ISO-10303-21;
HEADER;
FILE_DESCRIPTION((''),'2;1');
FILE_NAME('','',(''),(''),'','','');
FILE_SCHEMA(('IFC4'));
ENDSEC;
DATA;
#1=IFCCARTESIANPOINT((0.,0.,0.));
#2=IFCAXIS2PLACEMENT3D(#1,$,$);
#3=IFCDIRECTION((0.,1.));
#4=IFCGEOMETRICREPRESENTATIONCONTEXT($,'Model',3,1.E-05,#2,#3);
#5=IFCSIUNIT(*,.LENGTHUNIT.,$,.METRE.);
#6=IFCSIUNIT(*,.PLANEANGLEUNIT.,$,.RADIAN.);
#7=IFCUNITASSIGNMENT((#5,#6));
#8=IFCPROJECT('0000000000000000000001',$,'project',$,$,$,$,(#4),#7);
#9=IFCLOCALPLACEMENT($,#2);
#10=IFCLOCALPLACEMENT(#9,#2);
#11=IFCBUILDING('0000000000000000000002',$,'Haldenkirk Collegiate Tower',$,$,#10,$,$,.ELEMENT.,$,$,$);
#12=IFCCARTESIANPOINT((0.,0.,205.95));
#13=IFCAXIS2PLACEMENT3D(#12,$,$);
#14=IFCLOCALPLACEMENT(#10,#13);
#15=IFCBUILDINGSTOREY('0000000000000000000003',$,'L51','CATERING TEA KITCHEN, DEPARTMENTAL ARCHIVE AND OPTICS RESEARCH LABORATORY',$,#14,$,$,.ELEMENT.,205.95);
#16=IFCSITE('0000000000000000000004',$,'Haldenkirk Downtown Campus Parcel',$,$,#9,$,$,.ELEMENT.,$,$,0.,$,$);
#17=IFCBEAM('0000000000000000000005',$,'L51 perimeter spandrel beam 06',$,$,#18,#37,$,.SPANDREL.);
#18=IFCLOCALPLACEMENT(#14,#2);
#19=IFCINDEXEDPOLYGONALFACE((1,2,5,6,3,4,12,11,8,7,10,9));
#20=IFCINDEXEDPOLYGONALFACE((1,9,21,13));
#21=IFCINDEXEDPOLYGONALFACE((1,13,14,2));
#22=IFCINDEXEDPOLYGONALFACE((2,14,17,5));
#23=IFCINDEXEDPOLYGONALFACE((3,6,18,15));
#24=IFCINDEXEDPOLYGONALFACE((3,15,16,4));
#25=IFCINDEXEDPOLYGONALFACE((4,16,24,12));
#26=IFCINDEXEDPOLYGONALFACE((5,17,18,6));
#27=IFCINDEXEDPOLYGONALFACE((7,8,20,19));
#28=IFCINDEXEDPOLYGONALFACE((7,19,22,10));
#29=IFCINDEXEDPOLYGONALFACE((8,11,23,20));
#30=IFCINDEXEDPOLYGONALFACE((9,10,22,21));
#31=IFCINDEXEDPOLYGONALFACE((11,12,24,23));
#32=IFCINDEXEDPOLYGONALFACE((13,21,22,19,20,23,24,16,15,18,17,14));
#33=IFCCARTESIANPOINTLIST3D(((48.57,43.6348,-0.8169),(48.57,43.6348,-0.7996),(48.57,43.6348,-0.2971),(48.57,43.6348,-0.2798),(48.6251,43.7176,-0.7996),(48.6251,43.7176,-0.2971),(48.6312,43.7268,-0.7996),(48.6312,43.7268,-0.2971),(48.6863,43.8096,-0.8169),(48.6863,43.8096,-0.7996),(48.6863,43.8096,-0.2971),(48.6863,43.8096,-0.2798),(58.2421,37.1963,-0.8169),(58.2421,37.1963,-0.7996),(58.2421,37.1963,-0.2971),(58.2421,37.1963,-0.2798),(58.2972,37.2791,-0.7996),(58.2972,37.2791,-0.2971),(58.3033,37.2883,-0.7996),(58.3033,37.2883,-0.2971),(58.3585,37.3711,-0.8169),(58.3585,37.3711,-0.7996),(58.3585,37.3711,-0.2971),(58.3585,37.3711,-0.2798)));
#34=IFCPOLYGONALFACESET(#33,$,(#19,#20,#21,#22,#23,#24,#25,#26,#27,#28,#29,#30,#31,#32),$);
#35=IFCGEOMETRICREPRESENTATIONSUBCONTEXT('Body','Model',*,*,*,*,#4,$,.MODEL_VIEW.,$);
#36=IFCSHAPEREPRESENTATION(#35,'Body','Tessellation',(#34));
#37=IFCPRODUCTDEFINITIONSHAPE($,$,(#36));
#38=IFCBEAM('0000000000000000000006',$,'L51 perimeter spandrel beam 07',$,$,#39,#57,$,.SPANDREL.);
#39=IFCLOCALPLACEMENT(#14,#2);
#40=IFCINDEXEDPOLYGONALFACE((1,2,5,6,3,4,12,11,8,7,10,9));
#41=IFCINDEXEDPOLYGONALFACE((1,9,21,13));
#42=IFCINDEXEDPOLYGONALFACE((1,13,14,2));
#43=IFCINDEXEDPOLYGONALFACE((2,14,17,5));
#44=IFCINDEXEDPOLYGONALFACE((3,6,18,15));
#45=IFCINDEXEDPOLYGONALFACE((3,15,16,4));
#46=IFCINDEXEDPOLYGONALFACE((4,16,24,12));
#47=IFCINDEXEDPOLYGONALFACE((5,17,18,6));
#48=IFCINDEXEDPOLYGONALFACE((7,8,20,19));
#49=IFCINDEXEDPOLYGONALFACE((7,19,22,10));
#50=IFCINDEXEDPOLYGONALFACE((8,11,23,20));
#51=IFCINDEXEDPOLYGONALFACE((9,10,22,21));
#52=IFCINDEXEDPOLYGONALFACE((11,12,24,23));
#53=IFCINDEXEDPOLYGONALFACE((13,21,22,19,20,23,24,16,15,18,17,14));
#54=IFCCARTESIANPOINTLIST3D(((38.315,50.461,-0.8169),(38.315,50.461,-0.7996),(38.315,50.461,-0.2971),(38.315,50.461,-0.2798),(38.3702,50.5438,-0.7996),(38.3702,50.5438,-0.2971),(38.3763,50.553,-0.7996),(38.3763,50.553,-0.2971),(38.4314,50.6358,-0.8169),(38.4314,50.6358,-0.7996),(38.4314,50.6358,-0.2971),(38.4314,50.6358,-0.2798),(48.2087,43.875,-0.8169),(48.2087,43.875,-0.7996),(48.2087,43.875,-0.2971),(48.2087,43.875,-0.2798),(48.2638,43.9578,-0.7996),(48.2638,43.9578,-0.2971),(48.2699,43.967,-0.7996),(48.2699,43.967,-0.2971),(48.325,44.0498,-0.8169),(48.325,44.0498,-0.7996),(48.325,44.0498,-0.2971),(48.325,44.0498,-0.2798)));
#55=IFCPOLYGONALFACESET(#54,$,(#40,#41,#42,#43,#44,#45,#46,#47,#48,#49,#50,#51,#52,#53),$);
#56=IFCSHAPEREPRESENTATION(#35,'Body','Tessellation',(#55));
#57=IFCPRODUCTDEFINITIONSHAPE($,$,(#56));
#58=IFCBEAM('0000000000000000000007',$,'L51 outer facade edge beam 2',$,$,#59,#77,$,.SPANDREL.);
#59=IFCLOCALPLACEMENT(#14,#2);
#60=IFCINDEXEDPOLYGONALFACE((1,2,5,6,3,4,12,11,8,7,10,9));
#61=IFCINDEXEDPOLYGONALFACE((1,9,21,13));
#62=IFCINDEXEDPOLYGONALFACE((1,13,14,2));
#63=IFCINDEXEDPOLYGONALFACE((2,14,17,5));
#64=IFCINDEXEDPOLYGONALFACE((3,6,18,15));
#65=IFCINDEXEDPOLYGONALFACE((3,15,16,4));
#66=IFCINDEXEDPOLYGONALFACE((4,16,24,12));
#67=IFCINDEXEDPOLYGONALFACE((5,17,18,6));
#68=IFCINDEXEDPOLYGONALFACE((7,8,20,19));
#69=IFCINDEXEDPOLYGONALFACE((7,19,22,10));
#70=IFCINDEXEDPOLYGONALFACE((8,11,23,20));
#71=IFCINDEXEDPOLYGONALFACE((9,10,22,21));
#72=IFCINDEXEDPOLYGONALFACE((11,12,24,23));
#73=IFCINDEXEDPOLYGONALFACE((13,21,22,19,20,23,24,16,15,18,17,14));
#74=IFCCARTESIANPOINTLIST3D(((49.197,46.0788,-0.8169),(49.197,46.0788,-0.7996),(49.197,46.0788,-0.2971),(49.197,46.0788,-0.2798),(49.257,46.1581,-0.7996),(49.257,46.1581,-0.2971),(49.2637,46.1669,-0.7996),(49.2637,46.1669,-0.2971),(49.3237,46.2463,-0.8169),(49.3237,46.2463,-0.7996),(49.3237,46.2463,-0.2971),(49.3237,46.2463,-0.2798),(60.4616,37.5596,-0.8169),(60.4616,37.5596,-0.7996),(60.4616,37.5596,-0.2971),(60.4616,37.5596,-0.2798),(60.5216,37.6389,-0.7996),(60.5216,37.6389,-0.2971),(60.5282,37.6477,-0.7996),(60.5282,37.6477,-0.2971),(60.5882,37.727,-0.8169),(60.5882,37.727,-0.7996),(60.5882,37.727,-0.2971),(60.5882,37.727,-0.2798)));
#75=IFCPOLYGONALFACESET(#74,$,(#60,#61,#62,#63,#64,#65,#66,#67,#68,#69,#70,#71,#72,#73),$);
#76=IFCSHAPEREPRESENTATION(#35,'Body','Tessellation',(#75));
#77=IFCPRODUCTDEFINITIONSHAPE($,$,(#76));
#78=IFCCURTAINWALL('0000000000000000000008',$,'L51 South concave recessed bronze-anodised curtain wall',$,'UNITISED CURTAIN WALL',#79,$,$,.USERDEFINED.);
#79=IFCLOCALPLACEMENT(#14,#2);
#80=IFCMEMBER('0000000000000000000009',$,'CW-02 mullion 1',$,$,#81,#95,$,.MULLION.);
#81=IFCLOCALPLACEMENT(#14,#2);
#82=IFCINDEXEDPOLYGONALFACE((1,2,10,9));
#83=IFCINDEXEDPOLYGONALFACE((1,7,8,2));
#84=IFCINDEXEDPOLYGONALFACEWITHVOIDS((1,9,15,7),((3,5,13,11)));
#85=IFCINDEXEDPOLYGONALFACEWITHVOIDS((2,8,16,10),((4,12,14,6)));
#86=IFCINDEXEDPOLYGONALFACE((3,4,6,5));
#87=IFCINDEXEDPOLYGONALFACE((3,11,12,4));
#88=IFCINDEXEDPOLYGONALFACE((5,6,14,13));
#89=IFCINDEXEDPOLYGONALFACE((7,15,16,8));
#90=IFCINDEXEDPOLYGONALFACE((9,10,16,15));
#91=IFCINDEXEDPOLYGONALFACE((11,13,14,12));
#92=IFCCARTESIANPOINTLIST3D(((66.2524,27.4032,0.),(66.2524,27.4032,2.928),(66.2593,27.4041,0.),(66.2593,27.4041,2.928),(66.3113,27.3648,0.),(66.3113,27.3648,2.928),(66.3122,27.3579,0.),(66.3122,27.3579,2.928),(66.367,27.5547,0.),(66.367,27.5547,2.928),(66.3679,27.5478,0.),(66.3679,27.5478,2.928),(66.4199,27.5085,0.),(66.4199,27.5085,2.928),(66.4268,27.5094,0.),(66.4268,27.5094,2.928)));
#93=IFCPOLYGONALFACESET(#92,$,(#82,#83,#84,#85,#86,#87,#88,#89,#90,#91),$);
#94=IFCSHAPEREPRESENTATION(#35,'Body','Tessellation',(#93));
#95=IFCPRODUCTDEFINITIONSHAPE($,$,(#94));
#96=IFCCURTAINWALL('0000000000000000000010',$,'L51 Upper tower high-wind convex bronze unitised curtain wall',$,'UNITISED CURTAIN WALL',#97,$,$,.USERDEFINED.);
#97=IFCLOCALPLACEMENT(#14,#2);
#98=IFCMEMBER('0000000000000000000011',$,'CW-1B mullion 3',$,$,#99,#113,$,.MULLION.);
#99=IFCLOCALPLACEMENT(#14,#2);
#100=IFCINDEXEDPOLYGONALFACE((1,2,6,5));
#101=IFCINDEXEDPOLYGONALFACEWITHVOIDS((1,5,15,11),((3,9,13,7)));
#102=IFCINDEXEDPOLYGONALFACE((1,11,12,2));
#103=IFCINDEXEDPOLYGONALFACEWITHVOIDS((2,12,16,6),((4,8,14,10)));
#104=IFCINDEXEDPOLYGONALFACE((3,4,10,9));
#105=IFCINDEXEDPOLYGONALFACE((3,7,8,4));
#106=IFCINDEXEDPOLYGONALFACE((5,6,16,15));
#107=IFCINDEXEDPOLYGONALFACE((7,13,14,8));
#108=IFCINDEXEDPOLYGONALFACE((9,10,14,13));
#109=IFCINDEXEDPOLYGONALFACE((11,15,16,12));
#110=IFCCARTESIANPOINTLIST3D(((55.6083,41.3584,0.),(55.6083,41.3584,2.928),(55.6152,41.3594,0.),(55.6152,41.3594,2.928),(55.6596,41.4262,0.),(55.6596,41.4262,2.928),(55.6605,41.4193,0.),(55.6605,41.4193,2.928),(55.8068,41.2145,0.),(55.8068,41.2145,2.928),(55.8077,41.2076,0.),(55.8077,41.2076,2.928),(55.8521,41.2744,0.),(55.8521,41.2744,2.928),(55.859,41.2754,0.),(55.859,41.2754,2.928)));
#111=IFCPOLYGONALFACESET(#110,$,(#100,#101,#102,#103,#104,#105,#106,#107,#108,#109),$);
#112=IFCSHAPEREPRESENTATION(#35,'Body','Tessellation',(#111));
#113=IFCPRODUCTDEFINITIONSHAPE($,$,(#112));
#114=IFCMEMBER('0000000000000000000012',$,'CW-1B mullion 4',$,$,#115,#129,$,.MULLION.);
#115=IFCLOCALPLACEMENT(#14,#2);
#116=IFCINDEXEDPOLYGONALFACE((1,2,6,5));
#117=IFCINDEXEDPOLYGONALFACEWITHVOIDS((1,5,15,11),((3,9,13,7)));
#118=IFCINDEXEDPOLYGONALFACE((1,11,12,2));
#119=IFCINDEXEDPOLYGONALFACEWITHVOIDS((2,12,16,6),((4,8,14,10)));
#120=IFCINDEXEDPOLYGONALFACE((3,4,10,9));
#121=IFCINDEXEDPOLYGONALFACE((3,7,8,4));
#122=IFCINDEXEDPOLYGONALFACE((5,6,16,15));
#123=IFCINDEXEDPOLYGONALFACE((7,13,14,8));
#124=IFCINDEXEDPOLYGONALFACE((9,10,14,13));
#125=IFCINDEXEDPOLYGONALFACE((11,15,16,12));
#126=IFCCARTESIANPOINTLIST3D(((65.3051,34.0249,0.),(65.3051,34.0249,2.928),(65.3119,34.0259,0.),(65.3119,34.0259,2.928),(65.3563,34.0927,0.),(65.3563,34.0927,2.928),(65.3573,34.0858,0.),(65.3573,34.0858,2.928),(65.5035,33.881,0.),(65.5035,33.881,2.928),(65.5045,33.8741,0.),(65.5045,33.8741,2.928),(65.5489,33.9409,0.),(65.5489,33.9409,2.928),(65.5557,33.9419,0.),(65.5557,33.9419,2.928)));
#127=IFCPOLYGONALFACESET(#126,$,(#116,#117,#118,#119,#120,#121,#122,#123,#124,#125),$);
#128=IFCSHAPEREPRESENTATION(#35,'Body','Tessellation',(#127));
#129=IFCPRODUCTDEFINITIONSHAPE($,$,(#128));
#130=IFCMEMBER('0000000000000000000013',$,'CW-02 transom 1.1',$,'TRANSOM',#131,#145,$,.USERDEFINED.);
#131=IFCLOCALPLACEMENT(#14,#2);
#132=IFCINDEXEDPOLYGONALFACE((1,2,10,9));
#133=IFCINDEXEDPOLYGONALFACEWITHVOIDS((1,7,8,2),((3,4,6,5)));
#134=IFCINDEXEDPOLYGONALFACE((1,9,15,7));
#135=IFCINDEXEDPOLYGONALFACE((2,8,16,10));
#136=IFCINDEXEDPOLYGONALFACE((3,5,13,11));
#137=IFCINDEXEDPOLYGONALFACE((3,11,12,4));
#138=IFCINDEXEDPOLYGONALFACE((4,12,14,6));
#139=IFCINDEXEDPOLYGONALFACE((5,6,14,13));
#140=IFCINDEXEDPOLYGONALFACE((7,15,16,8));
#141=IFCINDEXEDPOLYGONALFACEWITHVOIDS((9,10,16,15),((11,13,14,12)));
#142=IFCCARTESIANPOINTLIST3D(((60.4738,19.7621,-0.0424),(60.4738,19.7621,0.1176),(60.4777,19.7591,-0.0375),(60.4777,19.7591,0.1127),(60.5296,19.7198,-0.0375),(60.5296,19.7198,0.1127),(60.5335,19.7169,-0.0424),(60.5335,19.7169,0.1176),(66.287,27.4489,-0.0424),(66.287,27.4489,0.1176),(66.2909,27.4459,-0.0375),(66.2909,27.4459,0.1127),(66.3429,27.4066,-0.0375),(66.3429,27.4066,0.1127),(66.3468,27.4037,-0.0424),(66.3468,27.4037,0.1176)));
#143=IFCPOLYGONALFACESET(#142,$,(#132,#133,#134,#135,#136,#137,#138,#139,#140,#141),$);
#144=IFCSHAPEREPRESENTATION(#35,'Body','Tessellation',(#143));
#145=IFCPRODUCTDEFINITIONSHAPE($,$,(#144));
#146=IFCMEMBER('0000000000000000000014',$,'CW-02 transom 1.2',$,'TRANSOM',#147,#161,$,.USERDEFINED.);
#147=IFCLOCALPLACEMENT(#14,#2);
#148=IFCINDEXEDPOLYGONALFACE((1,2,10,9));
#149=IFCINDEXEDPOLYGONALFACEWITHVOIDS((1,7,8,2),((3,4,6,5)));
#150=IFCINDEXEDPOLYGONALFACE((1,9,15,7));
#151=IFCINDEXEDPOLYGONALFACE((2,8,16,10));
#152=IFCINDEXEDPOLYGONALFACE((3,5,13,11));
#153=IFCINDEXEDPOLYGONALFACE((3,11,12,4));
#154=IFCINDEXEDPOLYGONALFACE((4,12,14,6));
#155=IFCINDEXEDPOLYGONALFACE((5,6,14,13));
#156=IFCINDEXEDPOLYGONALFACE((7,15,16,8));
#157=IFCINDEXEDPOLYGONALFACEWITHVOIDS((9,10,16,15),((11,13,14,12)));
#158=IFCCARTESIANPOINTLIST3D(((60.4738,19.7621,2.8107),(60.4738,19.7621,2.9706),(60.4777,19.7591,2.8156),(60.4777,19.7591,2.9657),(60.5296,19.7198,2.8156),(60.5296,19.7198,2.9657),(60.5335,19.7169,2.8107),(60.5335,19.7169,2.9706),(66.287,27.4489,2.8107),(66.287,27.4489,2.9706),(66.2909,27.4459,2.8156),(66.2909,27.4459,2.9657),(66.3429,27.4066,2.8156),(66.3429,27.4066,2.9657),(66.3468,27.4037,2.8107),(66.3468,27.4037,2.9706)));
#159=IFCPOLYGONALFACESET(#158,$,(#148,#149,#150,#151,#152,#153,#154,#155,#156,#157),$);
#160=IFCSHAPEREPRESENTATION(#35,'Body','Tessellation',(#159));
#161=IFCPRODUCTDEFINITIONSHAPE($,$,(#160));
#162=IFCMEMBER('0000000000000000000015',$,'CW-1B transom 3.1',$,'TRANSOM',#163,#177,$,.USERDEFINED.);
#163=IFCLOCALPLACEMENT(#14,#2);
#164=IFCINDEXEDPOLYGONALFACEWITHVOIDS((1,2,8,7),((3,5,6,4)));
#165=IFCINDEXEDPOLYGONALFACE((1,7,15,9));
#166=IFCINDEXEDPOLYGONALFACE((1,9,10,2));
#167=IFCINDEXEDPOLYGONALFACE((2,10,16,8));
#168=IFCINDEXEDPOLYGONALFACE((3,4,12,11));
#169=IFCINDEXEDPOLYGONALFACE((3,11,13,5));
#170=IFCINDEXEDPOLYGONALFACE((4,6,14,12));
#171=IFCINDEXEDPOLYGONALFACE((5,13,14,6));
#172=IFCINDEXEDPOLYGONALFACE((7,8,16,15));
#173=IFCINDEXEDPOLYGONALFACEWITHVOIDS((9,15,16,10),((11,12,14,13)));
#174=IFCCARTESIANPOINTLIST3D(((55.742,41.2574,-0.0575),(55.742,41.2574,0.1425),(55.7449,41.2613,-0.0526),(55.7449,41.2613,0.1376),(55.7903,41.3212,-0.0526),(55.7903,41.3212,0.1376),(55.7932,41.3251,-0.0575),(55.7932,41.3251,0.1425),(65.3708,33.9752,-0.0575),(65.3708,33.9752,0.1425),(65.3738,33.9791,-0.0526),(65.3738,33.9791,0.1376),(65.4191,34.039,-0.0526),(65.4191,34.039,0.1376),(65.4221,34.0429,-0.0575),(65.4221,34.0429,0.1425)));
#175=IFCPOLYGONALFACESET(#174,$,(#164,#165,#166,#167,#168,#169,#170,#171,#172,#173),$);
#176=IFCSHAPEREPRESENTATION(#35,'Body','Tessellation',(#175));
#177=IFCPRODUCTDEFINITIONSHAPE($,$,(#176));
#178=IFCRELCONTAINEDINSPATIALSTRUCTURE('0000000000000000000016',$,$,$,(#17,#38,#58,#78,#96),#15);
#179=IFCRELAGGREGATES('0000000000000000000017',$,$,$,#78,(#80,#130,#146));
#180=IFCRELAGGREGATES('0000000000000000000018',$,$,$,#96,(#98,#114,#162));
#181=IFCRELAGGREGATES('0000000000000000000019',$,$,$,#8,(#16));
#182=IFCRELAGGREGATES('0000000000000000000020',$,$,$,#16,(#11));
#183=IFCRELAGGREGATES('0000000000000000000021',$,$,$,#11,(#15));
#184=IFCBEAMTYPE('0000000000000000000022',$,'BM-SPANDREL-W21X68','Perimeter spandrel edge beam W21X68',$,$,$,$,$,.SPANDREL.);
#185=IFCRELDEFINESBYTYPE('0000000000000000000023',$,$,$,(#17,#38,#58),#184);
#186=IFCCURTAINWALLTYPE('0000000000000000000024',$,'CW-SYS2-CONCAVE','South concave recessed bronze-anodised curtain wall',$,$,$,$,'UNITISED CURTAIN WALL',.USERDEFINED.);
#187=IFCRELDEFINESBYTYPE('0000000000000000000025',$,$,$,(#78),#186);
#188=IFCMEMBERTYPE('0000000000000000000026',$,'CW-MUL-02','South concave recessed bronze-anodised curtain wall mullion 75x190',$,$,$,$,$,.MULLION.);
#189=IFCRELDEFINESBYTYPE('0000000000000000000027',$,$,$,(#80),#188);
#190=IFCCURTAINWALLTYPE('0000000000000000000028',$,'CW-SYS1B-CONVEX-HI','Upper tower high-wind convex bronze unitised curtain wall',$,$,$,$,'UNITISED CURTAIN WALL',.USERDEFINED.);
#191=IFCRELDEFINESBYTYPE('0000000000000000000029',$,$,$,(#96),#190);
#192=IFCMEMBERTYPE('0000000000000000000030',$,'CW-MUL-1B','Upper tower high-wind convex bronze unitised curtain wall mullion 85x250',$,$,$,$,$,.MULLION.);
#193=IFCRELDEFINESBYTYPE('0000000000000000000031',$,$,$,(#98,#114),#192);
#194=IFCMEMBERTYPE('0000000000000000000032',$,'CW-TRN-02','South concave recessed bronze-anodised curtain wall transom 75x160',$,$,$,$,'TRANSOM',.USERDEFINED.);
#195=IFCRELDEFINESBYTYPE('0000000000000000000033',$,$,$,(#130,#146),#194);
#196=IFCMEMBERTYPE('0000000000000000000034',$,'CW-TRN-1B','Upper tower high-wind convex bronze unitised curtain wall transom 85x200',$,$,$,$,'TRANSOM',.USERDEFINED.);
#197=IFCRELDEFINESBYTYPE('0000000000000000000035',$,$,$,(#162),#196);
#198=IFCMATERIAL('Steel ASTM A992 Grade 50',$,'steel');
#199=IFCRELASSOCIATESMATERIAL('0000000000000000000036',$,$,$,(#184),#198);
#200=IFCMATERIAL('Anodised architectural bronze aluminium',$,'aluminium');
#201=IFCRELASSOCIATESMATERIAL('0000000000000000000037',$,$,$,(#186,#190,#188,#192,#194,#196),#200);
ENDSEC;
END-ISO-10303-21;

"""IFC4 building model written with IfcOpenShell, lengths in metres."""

from ifc_helpers import new_model, si_unit, direction, frame, origin, origin_2d, place, context, subcontext, project, spatial, hollow_rectangle, i_section, extrude, material, material_profile, profile_set, type_object, element, aggregate, save


model = new_model("IFC4")

# Units and contexts
model_context = context("Model", 3, precision=1e-05, world=origin(), true_north=direction((0.0, 1.0)))
body_context = subcontext(model_context, "Body", "Model", "MODEL_VIEW")
ifc_project = project(units=[si_unit("LENGTHUNIT", "METRE"), si_unit("PLANEANGLEUNIT", "RADIAN")], contexts=[model_context])

# Site, building, storey
site_placement = place(None, origin())
site = spatial("IfcSite", under=ifc_project, at=site_placement, Name="Haldenkirk Downtown Campus Parcel", CompositionType="ELEMENT", RefElevation=0.0)
building_placement = place(site_placement, origin())
building = spatial("IfcBuilding", under=site, at=building_placement, Name="Haldenkirk Collegiate Tower", CompositionType="ELEMENT")
storey_placement = place(building_placement, frame((0.0, 0.0, 205.95)))
storey = spatial("IfcBuildingStorey", under=building, at=storey_placement, Name="L51", Description="CATERING TEA KITCHEN, DEPARTMENTAL ARCHIVE AND OPTICS RESEARCH LABORATORY", CompositionType="ELEMENT", Elevation=205.95)

# Beams
ifc_material_1 = material(Name="Steel ASTM A992 Grade 50", Category="steel")
ifc_material_profile_1 = material_profile(ifc_material_1, i_section(OverallWidth=0.21, OverallDepth=0.5371, WebThickness=0.011, FlangeThickness=0.0173, at=origin_2d()), Name="W21X68")
ifc_profile_set_1 = profile_set([ifc_material_profile_1], Name="Steel ASTM A992 Grade 50")
beam_type_1 = type_object("IfcBeamType", Name="BM-SPANDREL-W21X68", Description="Perimeter spandrel edge beam W21X68", PredefinedType="SPANDREL", material=ifc_profile_set_1)
beam_1_placement = place(storey_placement, frame((58.3003, 37.2837, -0.5483), z_axis=(-0.832432, 0.554128, 0.0), x_axis=(-0.554128, -0.832432, 0.0)))
element("IfcBeam", 1, at=beam_1_placement, inside=storey, type_object=beam_type_1, Name="L51 perimeter spandrel beam 06", PredefinedType="SPANDREL", context=body_context, shape_type="SweptSolid", body=[
    extrude(i_section(OverallWidth=0.21, OverallDepth=0.5371, WebThickness=0.011, FlangeThickness=0.0173, at=origin_2d()), origin(), (0.0, 0.0, 1.0), 11.6191),
])
beam_2_placement = place(storey_placement, frame((48.2668, 43.9624, -0.5483), z_axis=(-0.832429, 0.554131, 0.0), x_axis=(-0.554131, -0.832429, 0.0)))
element("IfcBeam", 2, at=beam_2_placement, inside=storey, type_object=beam_type_1, Name="L51 perimeter spandrel beam 07", PredefinedType="SPANDREL", context=body_context, shape_type="SweptSolid", body=[
    extrude(i_section(OverallWidth=0.21, OverallDepth=0.5371, WebThickness=0.011, FlangeThickness=0.0173, at=origin_2d()), origin(), (0.0, 0.0, 1.0), 11.8853),
])
beam_3_placement = place(storey_placement, frame((60.5249, 37.6433, -0.5483), z_axis=(-0.797587, 0.603204, 0.0), x_axis=(-0.603204, -0.797587, 0.0)))
element("IfcBeam", 3, at=beam_3_placement, inside=storey, type_object=beam_type_1, Name="L51 outer facade edge beam 2", PredefinedType="SPANDREL", context=body_context, shape_type="SweptSolid", body=[
    extrude(i_section(OverallWidth=0.21, OverallDepth=0.5371, WebThickness=0.011, FlangeThickness=0.0173, at=origin_2d()), origin(), (0.0, 0.0, 1.0), 14.1233),
])

# Curtain wall, member
ifc_material_2 = material(Name="Anodised architectural bronze aluminium", Category="aluminium")
curtain_wall_type_1 = type_object("IfcCurtainWallType", Name="CW-SYS2-CONCAVE", Description="South concave recessed bronze-anodised curtain wall", ElementType="UNITISED CURTAIN WALL", PredefinedType="USERDEFINED", material=ifc_material_2)
curtain_wall_1_placement = place(storey_placement, origin())
curtain_wall_1 = element("IfcCurtainWall", 4, at=curtain_wall_1_placement, inside=storey, type_object=curtain_wall_type_1, Name="L51 South concave recessed bronze-anodised curtain wall", ObjectType="UNITISED CURTAIN WALL", PredefinedType="USERDEFINED")
ifc_material_profile_2 = material_profile(ifc_material_2, hollow_rectangle(XDim=0.075, YDim=0.1899, WallThickness=0.0049, at=origin_2d()), Name="CW-MUL-02")
ifc_profile_set_2 = profile_set([ifc_material_profile_2], Name="Anodised architectural bronze aluminium")
member_type_1 = type_object("IfcMemberType", Name="CW-MUL-02", Description="South concave recessed bronze-anodised curtain wall mullion 75x190", PredefinedType="MULLION", material=ifc_profile_set_2)
member_1_placement = place(storey_placement, frame((66.3396, 27.4563, 0.0), z_axis=(0.0, 0.0, 1.0), x_axis=(0.797584, -0.603207, 0.0)))
member_1 = element("IfcMember", 5, at=member_1_placement, type_object=member_type_1, Name="CW-02 mullion 1", PredefinedType="MULLION", context=body_context, shape_type="SweptSolid", body=[
    extrude(hollow_rectangle(XDim=0.075, YDim=0.1899, WallThickness=0.0049, at=origin_2d()), origin(), (0.0, 0.0, 1.0), 2.928),
])

# Curtain wall, members
curtain_wall_type_2 = type_object("IfcCurtainWallType", Name="CW-SYS1B-CONVEX-HI", Description="Upper tower high-wind convex bronze unitised curtain wall", ElementType="UNITISED CURTAIN WALL", PredefinedType="USERDEFINED", material=ifc_material_2)
curtain_wall_2_placement = place(storey_placement, origin())
curtain_wall_2 = element("IfcCurtainWall", 6, at=curtain_wall_2_placement, inside=storey, type_object=curtain_wall_type_2, Name="L51 Upper tower high-wind convex bronze unitised curtain wall", ObjectType="UNITISED CURTAIN WALL", PredefinedType="USERDEFINED")
ifc_material_profile_3 = material_profile(ifc_material_2, hollow_rectangle(XDim=0.085, YDim=0.25, WallThickness=0.0049, at=origin_2d()), Name="CW-MUL-1B")
ifc_profile_set_3 = profile_set([ifc_material_profile_3], Name="Anodised architectural bronze aluminium")
member_type_2 = type_object("IfcMemberType", Name="CW-MUL-1B", Description="Upper tower high-wind convex bronze unitised curtain wall mullion 85x250", PredefinedType="MULLION", material=ifc_profile_set_3)
member_2_placement = place(storey_placement, frame((55.7336, 41.3169, 0.0), z_axis=(0.0, 0.0, 1.0), x_axis=(0.603207, 0.797584, 0.0)))
member_2 = element("IfcMember", 7, at=member_2_placement, type_object=member_type_2, Name="CW-1B mullion 3", PredefinedType="MULLION", context=body_context, shape_type="SweptSolid", body=[
    extrude(hollow_rectangle(XDim=0.085, YDim=0.25, WallThickness=0.0049, at=origin_2d()), origin(), (0.0, 0.0, 1.0), 2.928),
])
member_3_placement = place(storey_placement, frame((65.4304, 33.9834, 0.0), z_axis=(0.0, 0.0, 1.0), x_axis=(0.603207, 0.797584, 0.0)))
member_3 = element("IfcMember", 8, at=member_3_placement, type_object=member_type_2, Name="CW-1B mullion 4", PredefinedType="MULLION", context=body_context, shape_type="SweptSolid", body=[
    extrude(hollow_rectangle(XDim=0.085, YDim=0.25, WallThickness=0.0049, at=origin_2d()), origin(), (0.0, 0.0, 1.0), 2.928),
])

# Members
ifc_material_profile_4 = material_profile(ifc_material_2, hollow_rectangle(XDim=0.075, YDim=0.1599, WallThickness=0.0049, at=origin_2d()), Name="CW-TRN-02")
ifc_profile_set_4 = profile_set([ifc_material_profile_4], Name="Anodised architectural bronze aluminium")
member_type_3 = type_object("IfcMemberType", Name="CW-TRN-02", Description="South concave recessed bronze-anodised curtain wall transom 75x160", ElementType="TRANSOM", PredefinedType="USERDEFINED", material=ifc_profile_set_4)
member_4_placement = place(storey_placement, frame((66.3169, 27.4263, 0.0376), z_axis=(-0.603193, -0.797595, 0.0), x_axis=(0.797595, -0.603193, 0.0)))
member_4 = element("IfcMember", 9, at=member_4_placement, type_object=member_type_3, Name="CW-02 transom 1.1", ObjectType="TRANSOM", PredefinedType="USERDEFINED", context=body_context, shape_type="SweptSolid", body=[
    extrude(hollow_rectangle(XDim=0.075, YDim=0.1599, WallThickness=0.0049, at=origin_2d()), origin(), (0.0, 0.0, 1.0), 9.6375),
])
member_5_placement = place(storey_placement, frame((66.3169, 27.4263, 2.8906), z_axis=(-0.603193, -0.797595, 0.0), x_axis=(0.797595, -0.603193, 0.0)))
member_5 = element("IfcMember", 10, at=member_5_placement, type_object=member_type_3, Name="CW-02 transom 1.2", ObjectType="TRANSOM", PredefinedType="USERDEFINED", context=body_context, shape_type="SweptSolid", body=[
    extrude(hollow_rectangle(XDim=0.075, YDim=0.1599, WallThickness=0.0049, at=origin_2d()), origin(), (0.0, 0.0, 1.0), 9.6375),
])
aggregate(curtain_wall_1, [member_1, member_4, member_5])
ifc_material_profile_5 = material_profile(ifc_material_2, hollow_rectangle(XDim=0.085, YDim=0.2, WallThickness=0.0049, at=origin_2d()), Name="CW-TRN-1B")
ifc_profile_set_5 = profile_set([ifc_material_profile_5], Name="Anodised architectural bronze aluminium")
member_type_4 = type_object("IfcMemberType", Name="CW-TRN-1B", Description="Upper tower high-wind convex bronze unitised curtain wall transom 85x200", ElementType="TRANSOM", PredefinedType="USERDEFINED", material=ifc_profile_set_5)
member_6_placement = place(storey_placement, frame((55.7676, 41.2913, 0.0425), z_axis=(0.797586, -0.603205, 0.0), x_axis=(0.603205, 0.797586, 0.0)))
member_6 = element("IfcMember", 11, at=member_6_placement, type_object=member_type_4, Name="CW-1B transom 3.1", ObjectType="TRANSOM", PredefinedType="USERDEFINED", context=body_context, shape_type="SweptSolid", body=[
    extrude(hollow_rectangle(XDim=0.085, YDim=0.2, WallThickness=0.0049, at=origin_2d()), origin(), (0.0, 0.0, 1.0), 12.0725),
])

aggregate(curtain_wall_2, [member_2, member_3, member_6])

save(model, "model.ifc")
